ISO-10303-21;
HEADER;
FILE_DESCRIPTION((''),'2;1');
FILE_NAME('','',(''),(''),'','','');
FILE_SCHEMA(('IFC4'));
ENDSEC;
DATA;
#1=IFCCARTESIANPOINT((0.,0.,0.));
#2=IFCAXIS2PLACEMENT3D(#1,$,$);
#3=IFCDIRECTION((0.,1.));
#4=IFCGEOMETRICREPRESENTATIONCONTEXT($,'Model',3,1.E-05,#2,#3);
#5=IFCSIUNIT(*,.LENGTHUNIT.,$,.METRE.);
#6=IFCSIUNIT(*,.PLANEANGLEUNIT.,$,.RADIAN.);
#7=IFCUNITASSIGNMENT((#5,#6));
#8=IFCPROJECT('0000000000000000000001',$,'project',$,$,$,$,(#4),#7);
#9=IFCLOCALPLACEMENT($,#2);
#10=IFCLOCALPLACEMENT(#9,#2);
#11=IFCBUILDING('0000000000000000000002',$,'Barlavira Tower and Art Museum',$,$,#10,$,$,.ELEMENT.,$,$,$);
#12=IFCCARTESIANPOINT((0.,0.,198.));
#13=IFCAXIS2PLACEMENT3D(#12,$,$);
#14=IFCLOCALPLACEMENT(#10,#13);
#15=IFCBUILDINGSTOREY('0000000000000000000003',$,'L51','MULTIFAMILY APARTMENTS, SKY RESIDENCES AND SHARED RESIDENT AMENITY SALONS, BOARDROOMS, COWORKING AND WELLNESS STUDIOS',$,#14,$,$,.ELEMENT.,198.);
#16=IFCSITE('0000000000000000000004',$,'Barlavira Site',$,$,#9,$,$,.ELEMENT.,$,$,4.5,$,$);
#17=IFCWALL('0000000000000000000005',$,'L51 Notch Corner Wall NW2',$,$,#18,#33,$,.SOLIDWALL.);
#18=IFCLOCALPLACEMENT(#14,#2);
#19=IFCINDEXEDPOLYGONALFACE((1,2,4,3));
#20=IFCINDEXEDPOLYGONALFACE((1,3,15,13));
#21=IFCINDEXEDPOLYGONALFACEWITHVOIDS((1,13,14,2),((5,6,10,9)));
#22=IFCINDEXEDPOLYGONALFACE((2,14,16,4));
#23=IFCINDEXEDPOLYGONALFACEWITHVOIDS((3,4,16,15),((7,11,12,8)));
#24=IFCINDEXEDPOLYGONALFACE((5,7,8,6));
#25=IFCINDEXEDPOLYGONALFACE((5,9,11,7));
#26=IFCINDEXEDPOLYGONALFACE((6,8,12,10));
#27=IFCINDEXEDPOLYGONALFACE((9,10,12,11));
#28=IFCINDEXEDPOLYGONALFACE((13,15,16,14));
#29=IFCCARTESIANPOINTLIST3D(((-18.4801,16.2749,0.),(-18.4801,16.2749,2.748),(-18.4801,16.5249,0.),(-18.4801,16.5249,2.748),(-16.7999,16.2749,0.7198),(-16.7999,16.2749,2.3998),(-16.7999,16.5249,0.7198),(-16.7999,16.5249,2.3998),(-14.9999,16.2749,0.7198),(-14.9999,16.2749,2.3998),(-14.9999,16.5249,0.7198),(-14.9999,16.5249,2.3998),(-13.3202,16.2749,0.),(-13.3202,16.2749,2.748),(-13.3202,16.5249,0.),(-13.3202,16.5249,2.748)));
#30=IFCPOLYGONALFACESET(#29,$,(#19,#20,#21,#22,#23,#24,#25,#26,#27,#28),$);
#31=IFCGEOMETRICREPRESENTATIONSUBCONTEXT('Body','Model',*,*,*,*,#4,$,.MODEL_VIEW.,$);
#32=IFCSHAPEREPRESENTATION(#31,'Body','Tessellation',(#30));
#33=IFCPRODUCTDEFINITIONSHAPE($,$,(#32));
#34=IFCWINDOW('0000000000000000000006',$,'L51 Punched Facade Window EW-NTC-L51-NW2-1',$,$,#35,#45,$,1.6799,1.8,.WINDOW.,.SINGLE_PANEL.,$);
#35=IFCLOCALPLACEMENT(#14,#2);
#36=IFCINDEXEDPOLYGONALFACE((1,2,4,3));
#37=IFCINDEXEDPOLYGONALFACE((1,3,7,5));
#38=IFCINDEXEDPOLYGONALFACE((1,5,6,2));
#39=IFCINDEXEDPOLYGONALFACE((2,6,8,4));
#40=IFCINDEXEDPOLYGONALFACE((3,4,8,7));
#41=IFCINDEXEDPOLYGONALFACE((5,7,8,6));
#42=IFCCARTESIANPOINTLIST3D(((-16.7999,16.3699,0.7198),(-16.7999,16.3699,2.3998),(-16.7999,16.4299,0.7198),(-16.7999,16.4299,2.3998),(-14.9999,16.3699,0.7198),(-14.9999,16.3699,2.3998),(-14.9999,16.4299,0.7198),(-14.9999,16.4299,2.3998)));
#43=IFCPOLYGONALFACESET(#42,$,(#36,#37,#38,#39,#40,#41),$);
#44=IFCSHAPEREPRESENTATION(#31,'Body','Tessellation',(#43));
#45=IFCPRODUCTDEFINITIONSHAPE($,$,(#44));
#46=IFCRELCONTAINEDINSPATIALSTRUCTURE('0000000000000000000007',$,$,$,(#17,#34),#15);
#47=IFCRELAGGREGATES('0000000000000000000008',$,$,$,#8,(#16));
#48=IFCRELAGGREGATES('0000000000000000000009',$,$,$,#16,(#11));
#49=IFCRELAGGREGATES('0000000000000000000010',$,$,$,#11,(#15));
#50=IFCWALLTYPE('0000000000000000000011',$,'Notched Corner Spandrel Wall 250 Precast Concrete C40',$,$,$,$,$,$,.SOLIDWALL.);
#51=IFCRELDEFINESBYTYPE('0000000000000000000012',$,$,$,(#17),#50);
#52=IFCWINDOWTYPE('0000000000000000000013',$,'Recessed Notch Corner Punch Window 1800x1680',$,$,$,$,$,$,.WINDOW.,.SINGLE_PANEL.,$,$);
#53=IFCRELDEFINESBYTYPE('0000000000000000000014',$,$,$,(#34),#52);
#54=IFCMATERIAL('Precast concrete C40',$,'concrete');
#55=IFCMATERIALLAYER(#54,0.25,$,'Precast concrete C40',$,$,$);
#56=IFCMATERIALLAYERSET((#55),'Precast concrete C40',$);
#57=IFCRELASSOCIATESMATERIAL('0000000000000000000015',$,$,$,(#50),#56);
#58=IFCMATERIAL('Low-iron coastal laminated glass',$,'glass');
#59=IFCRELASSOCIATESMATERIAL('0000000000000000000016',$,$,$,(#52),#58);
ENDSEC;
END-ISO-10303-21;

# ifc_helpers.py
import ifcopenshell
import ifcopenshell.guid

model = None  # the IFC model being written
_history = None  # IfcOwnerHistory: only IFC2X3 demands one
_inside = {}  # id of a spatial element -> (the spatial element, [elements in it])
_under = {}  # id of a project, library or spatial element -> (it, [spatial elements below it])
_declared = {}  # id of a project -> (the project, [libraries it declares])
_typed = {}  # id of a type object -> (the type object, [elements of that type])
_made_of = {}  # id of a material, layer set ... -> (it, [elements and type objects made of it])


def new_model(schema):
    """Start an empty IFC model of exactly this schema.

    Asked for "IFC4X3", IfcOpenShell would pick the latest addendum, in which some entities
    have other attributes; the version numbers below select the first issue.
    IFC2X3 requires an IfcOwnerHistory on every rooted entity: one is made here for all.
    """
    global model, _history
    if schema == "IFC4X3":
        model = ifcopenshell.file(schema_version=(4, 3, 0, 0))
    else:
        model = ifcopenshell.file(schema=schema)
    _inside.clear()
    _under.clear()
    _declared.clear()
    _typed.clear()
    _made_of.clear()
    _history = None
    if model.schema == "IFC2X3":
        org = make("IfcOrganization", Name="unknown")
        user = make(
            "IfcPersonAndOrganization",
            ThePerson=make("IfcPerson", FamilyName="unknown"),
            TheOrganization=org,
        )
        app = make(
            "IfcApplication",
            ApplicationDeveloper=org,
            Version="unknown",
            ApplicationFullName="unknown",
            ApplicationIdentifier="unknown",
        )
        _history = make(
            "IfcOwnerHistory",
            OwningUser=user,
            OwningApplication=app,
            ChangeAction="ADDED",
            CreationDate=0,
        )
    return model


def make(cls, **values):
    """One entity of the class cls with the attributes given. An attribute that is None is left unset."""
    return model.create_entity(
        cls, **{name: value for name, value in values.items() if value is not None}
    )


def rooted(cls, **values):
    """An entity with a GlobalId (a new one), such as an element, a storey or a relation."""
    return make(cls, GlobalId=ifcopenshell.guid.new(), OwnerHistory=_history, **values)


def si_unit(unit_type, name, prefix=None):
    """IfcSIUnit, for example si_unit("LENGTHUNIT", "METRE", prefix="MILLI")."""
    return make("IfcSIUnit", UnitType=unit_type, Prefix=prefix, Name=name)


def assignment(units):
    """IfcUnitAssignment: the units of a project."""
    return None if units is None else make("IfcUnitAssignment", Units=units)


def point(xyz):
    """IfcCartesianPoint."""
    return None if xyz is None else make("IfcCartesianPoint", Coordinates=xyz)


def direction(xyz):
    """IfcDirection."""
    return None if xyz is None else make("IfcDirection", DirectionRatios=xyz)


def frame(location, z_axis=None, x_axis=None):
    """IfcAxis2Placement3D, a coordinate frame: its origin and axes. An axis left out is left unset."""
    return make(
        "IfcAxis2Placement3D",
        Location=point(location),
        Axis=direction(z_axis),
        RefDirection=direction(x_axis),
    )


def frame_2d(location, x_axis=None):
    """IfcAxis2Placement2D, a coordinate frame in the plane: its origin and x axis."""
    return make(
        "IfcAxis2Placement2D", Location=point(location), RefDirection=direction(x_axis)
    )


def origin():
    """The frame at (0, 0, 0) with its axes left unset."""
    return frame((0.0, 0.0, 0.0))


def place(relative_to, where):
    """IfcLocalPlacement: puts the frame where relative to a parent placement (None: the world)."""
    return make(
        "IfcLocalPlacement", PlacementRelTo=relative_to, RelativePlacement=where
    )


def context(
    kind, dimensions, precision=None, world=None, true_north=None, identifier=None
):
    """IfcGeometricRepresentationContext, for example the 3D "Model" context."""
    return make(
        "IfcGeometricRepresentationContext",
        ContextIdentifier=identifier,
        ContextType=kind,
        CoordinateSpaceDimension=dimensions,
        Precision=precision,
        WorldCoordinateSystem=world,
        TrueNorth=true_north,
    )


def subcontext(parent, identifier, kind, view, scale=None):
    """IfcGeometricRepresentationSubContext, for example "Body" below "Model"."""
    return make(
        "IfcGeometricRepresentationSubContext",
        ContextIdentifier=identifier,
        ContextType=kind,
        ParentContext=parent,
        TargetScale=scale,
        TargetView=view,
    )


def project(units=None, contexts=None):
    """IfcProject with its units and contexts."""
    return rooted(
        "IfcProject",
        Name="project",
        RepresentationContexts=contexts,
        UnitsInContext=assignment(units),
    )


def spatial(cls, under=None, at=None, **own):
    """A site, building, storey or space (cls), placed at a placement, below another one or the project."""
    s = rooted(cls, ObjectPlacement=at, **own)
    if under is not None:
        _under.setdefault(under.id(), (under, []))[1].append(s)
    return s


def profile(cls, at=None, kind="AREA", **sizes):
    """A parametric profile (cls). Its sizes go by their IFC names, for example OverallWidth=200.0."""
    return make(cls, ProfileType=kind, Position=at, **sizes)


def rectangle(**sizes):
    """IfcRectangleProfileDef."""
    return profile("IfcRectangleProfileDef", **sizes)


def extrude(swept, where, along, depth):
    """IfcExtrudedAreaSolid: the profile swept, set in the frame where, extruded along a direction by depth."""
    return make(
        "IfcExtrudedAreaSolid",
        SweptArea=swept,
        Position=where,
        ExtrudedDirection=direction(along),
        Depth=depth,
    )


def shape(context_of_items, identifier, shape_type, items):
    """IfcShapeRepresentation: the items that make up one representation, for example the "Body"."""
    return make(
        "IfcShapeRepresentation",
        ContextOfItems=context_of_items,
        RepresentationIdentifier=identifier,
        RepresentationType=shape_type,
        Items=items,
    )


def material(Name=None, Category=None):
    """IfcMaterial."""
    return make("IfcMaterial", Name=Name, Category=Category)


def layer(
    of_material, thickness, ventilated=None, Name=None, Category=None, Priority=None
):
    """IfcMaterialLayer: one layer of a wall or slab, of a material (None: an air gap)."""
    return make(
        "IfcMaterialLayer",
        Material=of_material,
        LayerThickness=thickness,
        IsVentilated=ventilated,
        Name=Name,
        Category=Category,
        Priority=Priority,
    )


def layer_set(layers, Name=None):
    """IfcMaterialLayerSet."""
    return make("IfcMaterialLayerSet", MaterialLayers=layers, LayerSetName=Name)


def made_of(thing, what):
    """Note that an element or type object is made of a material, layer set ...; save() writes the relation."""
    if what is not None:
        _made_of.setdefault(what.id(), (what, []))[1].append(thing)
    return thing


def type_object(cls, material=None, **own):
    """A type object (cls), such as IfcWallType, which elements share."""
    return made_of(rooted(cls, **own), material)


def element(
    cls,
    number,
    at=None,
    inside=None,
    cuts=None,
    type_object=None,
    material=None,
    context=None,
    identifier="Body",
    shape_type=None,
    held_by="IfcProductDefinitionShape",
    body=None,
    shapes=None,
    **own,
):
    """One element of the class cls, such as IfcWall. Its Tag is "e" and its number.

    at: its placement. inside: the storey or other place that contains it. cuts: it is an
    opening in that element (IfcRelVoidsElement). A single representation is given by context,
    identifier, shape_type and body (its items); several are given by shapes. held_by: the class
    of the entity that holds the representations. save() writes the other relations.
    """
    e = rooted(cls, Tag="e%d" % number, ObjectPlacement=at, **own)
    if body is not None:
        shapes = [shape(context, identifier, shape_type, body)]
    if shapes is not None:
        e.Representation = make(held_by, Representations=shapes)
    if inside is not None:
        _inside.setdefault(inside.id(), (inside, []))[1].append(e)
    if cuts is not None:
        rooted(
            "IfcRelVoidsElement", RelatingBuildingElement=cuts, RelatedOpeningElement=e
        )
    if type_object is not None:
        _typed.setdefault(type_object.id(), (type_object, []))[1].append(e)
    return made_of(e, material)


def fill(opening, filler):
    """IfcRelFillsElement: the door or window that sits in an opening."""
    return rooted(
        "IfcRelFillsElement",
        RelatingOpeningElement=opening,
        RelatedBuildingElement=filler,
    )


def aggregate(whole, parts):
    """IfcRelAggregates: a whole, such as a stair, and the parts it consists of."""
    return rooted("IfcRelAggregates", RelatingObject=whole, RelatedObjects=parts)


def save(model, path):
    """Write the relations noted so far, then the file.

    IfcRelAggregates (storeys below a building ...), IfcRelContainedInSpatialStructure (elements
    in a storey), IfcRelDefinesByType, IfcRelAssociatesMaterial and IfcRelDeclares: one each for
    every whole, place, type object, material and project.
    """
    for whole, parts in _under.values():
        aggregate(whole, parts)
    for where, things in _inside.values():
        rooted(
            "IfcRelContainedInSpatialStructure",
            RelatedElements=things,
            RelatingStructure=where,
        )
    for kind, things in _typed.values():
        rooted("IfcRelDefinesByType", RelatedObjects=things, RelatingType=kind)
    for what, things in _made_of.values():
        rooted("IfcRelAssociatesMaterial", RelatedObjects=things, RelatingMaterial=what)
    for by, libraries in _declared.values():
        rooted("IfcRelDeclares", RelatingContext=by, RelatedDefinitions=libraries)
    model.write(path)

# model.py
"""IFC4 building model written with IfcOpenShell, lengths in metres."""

from ifc_helpers import new_model, si_unit, direction, frame, frame_2d, origin, place, context, subcontext, project, spatial, rectangle, extrude, material, layer, layer_set, type_object, element, fill, save


model = new_model("IFC4")

# Units and contexts
model_context = context("Model", 3, precision=1e-05, world=origin(), true_north=direction((0.0, 1.0)))
body_context = subcontext(model_context, "Body", "Model", "MODEL_VIEW")
ifc_project = project(units=[si_unit("LENGTHUNIT", "METRE"), si_unit("PLANEANGLEUNIT", "RADIAN")], contexts=[model_context])

# Site, building, storey
site_placement = place(None, origin())
site = spatial("IfcSite", under=ifc_project, at=site_placement, Name="Barlavira Site", CompositionType="ELEMENT", RefElevation=4.5)
building_placement = place(site_placement, origin())
building = spatial("IfcBuilding", under=site, at=building_placement, Name="Barlavira Tower and Art Museum", CompositionType="ELEMENT")
storey_placement = place(building_placement, frame((0.0, 0.0, 198.0)))
storey = spatial("IfcBuildingStorey", under=building, at=storey_placement, Name="L51", Description="MULTIFAMILY APARTMENTS, SKY RESIDENCES AND SHARED RESIDENT AMENITY SALONS, BOARDROOMS, COWORKING AND WELLNESS STUDIOS", CompositionType="ELEMENT", Elevation=198.0)

# Wall, opening, window
ifc_material_1 = material(Name="Precast concrete C40", Category="concrete")
ifc_layer_1 = layer(ifc_material_1, 0.25, Name="Precast concrete C40")
ifc_layer_set_1 = layer_set([ifc_layer_1], Name="Precast concrete C40")
wall_type_1 = type_object("IfcWallType", Name="Notched Corner Spandrel Wall 250 Precast Concrete C40", PredefinedType="SOLIDWALL", material=ifc_layer_set_1)
ifc_material_2 = material(Name="Low-iron coastal laminated glass", Category="glass")
window_type_1 = type_object("IfcWindowType", Name="Recessed Notch Corner Punch Window 1800x1680", PartitioningType="SINGLE_PANEL", PredefinedType="WINDOW", material=ifc_material_2)
wall_1_placement = place(storey_placement, frame((-13.3201, 16.3999, 0.0), z_axis=(0.0, 0.0, 1.0), x_axis=(-1.0, 0.0, 0.0)))
wall_1 = element("IfcWall", 1, at=wall_1_placement, inside=storey, type_object=wall_type_1, Name="L51 Notch Corner Wall NW2", PredefinedType="SOLIDWALL", context=body_context, shape_type="SweptSolid", body=[
    extrude(rectangle(XDim=5.1599, YDim=0.25, at=frame_2d((2.5801, 0.0))), origin(), (0.0, 0.0, 1.0), 2.748),
])
opening_1_placement = place(wall_1_placement, frame((1.6799, 0.0, 0.72)))
opening_1 = element("IfcOpeningElement", 2, at=opening_1_placement, cuts=wall_1, PredefinedType="OPENING", context=body_context, shape_type="SweptSolid", body=[
    extrude(rectangle(XDim=1.8, YDim=1.6799, at=frame_2d((0.8999, 0.8398))), frame((0.0, 0.135, 0.0), z_axis=(0.0, -1.0, 0.0), x_axis=(1.0, 0.0, 0.0)), (0.0, 0.0, 1.0), 0.27),
])
window_1_placement = place(opening_1_placement, origin())
window_1 = element("IfcWindow", 3, at=window_1_placement, inside=storey, type_object=window_type_1, Name="L51 Punched Facade Window EW-NTC-L51-NW2-1", OverallHeight=1.6799, OverallWidth=1.8, PartitioningType="SINGLE_PANEL", PredefinedType="WINDOW", context=body_context, shape_type="SweptSolid", body=[
    extrude(rectangle(XDim=1.8, YDim=1.6799, at=frame_2d((0.8999, 0.8398))), frame((0.0, 0.03, 0.0), z_axis=(0.0, -1.0, 0.0), x_axis=(1.0, 0.0, 0.0)), (0.0, 0.0, 1.0), 0.0601),
])
fill(opening_1, window_1)

save(model, "model.ifc")
